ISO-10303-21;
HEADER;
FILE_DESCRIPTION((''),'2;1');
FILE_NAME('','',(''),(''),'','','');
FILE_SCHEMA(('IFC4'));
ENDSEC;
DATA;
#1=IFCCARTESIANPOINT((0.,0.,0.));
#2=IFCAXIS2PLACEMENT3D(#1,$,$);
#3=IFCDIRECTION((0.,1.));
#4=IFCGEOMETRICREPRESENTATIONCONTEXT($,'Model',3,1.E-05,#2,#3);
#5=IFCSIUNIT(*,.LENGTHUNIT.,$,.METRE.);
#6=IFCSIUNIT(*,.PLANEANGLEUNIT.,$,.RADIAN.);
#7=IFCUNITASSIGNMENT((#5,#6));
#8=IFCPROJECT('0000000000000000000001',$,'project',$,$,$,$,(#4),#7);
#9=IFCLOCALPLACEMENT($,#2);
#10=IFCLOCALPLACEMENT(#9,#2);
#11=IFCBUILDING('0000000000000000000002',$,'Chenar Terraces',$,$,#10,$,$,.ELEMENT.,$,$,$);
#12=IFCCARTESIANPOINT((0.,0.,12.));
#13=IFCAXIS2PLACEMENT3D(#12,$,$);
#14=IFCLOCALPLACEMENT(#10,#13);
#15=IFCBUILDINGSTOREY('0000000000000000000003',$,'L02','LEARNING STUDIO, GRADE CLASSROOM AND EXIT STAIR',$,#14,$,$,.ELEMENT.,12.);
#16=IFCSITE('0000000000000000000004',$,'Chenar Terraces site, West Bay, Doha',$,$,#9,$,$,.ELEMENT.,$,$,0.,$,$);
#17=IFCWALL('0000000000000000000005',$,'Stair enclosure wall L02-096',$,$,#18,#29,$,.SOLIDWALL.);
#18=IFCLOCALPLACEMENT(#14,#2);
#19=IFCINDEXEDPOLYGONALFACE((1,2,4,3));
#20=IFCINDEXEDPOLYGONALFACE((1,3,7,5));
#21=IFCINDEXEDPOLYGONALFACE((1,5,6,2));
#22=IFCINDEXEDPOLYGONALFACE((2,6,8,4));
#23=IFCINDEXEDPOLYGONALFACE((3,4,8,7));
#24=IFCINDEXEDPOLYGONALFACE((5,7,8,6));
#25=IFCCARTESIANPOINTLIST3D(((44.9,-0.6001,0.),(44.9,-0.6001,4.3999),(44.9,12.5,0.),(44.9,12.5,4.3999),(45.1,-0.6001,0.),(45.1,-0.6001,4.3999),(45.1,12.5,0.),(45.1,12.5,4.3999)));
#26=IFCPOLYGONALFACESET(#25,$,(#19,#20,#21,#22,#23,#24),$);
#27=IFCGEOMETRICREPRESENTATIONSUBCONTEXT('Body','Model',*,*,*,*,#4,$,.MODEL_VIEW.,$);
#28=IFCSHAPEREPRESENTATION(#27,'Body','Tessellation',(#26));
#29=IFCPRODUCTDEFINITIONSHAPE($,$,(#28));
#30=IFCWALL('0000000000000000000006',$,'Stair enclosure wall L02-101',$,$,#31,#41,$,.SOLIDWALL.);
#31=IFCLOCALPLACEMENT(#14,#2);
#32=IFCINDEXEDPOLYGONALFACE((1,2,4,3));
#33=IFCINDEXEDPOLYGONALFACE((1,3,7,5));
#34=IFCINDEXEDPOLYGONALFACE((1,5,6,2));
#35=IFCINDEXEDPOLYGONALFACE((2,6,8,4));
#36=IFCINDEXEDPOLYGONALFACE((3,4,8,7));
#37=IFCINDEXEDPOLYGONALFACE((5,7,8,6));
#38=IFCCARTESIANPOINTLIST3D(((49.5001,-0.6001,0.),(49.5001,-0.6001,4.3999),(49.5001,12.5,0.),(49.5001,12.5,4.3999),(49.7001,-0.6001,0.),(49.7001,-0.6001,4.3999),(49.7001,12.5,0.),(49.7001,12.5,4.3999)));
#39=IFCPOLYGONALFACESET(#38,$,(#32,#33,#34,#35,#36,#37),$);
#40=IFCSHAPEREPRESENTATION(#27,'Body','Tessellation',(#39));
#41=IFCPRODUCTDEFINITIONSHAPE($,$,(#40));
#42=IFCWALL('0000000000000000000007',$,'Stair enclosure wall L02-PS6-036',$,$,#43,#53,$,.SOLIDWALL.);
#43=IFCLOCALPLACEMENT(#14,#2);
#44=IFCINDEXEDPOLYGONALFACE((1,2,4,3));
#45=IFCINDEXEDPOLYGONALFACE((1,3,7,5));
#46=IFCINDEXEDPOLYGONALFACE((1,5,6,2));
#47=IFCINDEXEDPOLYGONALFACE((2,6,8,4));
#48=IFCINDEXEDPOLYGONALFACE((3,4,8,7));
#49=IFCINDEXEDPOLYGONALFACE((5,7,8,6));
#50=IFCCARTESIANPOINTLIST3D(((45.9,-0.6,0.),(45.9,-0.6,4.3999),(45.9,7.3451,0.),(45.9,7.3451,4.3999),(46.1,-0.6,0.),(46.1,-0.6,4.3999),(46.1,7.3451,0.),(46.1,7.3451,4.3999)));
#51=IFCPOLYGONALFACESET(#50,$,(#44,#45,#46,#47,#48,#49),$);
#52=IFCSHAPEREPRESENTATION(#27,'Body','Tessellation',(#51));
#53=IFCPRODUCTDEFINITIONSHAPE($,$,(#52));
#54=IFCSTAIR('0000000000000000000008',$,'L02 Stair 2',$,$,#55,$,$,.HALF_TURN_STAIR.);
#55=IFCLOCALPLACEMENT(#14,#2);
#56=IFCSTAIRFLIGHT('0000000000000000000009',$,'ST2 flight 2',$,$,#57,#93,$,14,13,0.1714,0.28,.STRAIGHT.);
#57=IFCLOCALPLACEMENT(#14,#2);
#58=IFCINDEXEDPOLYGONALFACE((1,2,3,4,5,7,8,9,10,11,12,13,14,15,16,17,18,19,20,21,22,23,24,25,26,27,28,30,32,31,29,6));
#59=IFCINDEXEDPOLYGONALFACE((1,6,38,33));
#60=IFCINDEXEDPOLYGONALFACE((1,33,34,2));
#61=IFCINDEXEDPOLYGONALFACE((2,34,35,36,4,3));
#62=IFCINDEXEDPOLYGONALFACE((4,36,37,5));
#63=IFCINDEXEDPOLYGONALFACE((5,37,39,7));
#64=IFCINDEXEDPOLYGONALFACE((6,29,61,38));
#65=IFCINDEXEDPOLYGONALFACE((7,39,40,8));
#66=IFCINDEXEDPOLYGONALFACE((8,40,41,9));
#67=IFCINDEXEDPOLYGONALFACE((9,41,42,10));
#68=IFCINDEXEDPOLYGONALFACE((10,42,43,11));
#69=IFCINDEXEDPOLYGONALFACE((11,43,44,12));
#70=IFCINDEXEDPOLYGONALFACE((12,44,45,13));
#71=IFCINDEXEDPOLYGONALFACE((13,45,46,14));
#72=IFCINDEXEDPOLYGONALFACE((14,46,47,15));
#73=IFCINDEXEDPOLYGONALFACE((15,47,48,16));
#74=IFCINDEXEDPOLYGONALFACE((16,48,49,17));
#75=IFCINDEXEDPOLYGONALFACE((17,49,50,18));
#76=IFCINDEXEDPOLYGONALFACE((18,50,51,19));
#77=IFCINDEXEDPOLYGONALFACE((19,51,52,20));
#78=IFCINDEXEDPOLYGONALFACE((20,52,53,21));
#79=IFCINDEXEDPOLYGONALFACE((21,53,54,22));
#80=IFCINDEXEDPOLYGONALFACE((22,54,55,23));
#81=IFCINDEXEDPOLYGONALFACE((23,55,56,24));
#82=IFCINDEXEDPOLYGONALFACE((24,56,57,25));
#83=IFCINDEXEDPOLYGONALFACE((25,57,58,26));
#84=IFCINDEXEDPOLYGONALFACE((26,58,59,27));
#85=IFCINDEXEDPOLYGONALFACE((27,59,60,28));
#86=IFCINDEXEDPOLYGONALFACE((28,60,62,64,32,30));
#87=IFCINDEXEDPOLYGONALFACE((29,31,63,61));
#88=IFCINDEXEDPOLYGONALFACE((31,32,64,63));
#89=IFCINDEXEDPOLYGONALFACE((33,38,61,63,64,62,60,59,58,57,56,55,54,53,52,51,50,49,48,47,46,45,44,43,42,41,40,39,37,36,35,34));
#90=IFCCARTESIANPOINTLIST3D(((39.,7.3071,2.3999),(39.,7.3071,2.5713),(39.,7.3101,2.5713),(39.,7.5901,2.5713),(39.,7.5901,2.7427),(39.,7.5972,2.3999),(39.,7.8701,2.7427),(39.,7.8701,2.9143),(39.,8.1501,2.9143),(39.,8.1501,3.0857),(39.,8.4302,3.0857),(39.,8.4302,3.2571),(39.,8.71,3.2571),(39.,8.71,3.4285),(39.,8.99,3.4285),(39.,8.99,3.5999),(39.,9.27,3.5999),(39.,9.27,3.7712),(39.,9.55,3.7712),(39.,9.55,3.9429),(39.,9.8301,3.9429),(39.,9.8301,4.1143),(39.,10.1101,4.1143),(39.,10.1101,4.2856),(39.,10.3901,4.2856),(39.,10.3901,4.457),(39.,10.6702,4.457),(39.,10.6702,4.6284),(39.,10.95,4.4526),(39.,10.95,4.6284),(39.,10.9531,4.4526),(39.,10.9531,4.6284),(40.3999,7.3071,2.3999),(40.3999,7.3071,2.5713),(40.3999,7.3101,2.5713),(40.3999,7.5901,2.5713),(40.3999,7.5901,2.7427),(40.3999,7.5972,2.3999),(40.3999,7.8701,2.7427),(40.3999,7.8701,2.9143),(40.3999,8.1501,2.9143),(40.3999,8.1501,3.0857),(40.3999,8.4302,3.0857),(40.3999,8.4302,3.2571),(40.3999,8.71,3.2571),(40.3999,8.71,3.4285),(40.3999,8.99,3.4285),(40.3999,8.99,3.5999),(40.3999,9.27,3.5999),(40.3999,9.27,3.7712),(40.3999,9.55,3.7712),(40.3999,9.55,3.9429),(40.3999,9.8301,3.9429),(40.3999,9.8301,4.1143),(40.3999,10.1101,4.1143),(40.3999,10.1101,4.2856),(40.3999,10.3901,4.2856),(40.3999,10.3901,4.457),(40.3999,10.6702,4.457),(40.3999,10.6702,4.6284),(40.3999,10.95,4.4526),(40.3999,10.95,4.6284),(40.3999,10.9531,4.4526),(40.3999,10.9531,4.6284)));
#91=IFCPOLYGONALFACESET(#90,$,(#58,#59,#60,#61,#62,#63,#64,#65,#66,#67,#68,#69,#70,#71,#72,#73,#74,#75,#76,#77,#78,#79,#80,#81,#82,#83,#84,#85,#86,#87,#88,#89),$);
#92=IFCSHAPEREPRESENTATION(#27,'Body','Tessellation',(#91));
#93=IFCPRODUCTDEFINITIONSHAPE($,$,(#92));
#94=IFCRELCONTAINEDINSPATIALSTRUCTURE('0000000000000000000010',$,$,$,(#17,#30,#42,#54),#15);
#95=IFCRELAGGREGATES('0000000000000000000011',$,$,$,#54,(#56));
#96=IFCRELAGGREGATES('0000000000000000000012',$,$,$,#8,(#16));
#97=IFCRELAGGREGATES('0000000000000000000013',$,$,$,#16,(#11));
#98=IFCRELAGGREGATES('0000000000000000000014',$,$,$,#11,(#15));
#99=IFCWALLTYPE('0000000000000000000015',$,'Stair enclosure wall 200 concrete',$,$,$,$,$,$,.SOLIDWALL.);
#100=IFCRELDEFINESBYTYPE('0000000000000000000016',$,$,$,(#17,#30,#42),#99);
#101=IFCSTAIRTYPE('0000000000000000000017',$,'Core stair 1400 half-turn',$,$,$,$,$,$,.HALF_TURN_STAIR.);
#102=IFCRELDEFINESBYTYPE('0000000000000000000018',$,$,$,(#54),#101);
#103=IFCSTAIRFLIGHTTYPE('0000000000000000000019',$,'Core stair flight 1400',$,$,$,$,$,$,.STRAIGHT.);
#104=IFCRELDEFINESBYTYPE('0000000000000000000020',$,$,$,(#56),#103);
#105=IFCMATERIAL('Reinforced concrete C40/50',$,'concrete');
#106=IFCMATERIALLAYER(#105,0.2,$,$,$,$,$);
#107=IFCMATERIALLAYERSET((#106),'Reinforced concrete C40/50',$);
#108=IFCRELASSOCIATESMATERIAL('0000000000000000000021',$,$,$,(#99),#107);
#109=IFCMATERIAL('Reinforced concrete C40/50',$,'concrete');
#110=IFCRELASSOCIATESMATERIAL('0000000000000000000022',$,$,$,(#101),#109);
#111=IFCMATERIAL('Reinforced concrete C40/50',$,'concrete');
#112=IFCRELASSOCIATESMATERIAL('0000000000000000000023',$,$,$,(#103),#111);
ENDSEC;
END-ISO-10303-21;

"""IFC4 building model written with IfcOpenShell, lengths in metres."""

from ifc_helpers import new_model, si_unit, direction, frame, frame_2d, origin, place, context, subcontext, project, spatial, polyline, rectangle, outline, extrude, material, layer, layer_set, type_object, element, aggregate, save


model = new_model("IFC4")

# Units and contexts
model_context = context("Model", 3, precision=1e-05, world=origin(), true_north=direction((0.0, 1.0)))
body_context = subcontext(model_context, "Body", "Model", "MODEL_VIEW")
ifc_project = project(units=[si_unit("LENGTHUNIT", "METRE"), si_unit("PLANEANGLEUNIT", "RADIAN")], contexts=[model_context])

# Site, building, storey
site_placement = place(None, origin())
site = spatial("IfcSite", under=ifc_project, at=site_placement, Name="Chenar Terraces site, West Bay, Doha", CompositionType="ELEMENT", RefElevation=0.0)
building_placement = place(site_placement, origin())
building = spatial("IfcBuilding", under=site, at=building_placement, Name="Chenar Terraces", CompositionType="ELEMENT")
storey_placement = place(building_placement, frame((0.0, 0.0, 12.0)))
storey = spatial("IfcBuildingStorey", under=building, at=storey_placement, Name="L02", Description="LEARNING STUDIO, GRADE CLASSROOM AND EXIT STAIR", CompositionType="ELEMENT", Elevation=12.0)

# Shared definitions
placement = place(storey_placement, origin())

# Walls
ifc_material_1 = material(Name="Reinforced concrete C40/50", Category="concrete")
ifc_layer_1 = layer(ifc_material_1, 0.2)
ifc_layer_set_1 = layer_set([ifc_layer_1], Name="Reinforced concrete C40/50")
wall_type_1 = type_object("IfcWallType", Name="Stair enclosure wall 200 concrete", PredefinedType="SOLIDWALL", material=ifc_layer_set_1)
for number, where, z_axis, x_axis, name in (
    (1, (45.0, -0.6001, 0.0), (0.0, 0.0, 1.0), (0.0, 1.0, 0.0), "Stair enclosure wall L02-096"),
    (2, (49.6001, -0.6001, 0.0), (0.0, 0.0, 1.0), (0.0, 1.0, 0.0), "Stair enclosure wall L02-101"),
):
    element("IfcWall", number, at=place(storey_placement, frame(where, z_axis=z_axis, x_axis=x_axis)), inside=storey, type_object=wall_type_1, Name=name, PredefinedType="SOLIDWALL", context=body_context, shape_type="SweptSolid", body=[
        extrude(rectangle(XDim=13.1001, YDim=0.2, at=frame_2d((6.55, 0.0))), origin(), (0.0, 0.0, 1.0), 4.3999),
    ])
wall_1_placement = place(storey_placement, frame((46.0, -0.6001, 0.0), z_axis=(0.0, 0.0, 1.0), x_axis=(0.0, 1.0, 0.0)))
element("IfcWall", 3, at=wall_1_placement, inside=storey, type_object=wall_type_1, Name="Stair enclosure wall L02-PS6-036", PredefinedType="SOLIDWALL", context=body_context, shape_type="SweptSolid", body=[
    extrude(rectangle(XDim=7.9451, YDim=0.2, at=frame_2d((3.9727, 0.0))), origin(), (0.0, 0.0, 1.0), 4.3999),
])

# Stair, stair flight
ifc_material_2 = material(Name="Reinforced concrete C40/50", Category="concrete")
stair_type = type_object("IfcStairType", Name="Core stair 1400 half-turn", PredefinedType="HALF_TURN_STAIR", material=ifc_material_2)
stair = element("IfcStair", 4, at=placement, inside=storey, type_object=stair_type, Name="L02 Stair 2", PredefinedType="HALF_TURN_STAIR")
ifc_material_3 = material(Name="Reinforced concrete C40/50", Category="concrete")
stair_flight_type = type_object("IfcStairFlightType", Name="Core stair flight 1400", PredefinedType="STRAIGHT", material=ifc_material_3)
stair_flight_placement = place(storey_placement, frame((39.7, 7.3101, 2.3999), z_axis=(0.0, 0.0, 1.0), x_axis=(0.0, 1.0, 0.0)))
stair_flight = element("IfcStairFlight", 5, at=stair_flight_placement, type_object=stair_flight_type, Name="ST2 flight 2", NumberOfRisers=14, NumberOfTreads=13, PredefinedType="STRAIGHT", RiserHeight=0.1714, TreadLength=0.28, context=body_context, shape_type="SweptSolid", body=[
    extrude(outline(polyline([(-0.0029, 0.0), (-0.0029, 0.1714), (0.0, 0.1714), (0.28, 0.1714), (0.28, 0.3428), (0.5601, 0.3428), (0.5601, 0.5144), (0.8401, 0.5144), (0.8401, 0.6858), (1.1201, 0.6858), (1.1201, 0.8572), (1.3999, 0.8572), (1.3999, 1.0286), (1.6799, 1.0286), (1.6799, 1.2), (1.96, 1.2), (1.96, 1.3713), (2.24, 1.3713), (2.24, 1.543), (2.52, 1.543), (2.52, 1.7144), (2.8, 1.7144), (2.8, 1.8857), (3.0801, 1.8857), (3.0801, 2.0571), (3.3601, 2.0571), (3.3601, 2.2285), (3.6399, 2.2285), (3.6431, 2.2285), (3.6431, 2.0527), (3.6399, 2.0527), (0.2871, 0.0), (-0.0029, 0.0)])), frame((0.0, 0.7, 0.0), z_axis=(0.0, -1.0, 0.0), x_axis=(1.0, 0.0, 0.0)), (0.0, 0.0, 1.0), 1.3999),
])
aggregate(stair, [stair_flight])

save(model, "model.ifc")
